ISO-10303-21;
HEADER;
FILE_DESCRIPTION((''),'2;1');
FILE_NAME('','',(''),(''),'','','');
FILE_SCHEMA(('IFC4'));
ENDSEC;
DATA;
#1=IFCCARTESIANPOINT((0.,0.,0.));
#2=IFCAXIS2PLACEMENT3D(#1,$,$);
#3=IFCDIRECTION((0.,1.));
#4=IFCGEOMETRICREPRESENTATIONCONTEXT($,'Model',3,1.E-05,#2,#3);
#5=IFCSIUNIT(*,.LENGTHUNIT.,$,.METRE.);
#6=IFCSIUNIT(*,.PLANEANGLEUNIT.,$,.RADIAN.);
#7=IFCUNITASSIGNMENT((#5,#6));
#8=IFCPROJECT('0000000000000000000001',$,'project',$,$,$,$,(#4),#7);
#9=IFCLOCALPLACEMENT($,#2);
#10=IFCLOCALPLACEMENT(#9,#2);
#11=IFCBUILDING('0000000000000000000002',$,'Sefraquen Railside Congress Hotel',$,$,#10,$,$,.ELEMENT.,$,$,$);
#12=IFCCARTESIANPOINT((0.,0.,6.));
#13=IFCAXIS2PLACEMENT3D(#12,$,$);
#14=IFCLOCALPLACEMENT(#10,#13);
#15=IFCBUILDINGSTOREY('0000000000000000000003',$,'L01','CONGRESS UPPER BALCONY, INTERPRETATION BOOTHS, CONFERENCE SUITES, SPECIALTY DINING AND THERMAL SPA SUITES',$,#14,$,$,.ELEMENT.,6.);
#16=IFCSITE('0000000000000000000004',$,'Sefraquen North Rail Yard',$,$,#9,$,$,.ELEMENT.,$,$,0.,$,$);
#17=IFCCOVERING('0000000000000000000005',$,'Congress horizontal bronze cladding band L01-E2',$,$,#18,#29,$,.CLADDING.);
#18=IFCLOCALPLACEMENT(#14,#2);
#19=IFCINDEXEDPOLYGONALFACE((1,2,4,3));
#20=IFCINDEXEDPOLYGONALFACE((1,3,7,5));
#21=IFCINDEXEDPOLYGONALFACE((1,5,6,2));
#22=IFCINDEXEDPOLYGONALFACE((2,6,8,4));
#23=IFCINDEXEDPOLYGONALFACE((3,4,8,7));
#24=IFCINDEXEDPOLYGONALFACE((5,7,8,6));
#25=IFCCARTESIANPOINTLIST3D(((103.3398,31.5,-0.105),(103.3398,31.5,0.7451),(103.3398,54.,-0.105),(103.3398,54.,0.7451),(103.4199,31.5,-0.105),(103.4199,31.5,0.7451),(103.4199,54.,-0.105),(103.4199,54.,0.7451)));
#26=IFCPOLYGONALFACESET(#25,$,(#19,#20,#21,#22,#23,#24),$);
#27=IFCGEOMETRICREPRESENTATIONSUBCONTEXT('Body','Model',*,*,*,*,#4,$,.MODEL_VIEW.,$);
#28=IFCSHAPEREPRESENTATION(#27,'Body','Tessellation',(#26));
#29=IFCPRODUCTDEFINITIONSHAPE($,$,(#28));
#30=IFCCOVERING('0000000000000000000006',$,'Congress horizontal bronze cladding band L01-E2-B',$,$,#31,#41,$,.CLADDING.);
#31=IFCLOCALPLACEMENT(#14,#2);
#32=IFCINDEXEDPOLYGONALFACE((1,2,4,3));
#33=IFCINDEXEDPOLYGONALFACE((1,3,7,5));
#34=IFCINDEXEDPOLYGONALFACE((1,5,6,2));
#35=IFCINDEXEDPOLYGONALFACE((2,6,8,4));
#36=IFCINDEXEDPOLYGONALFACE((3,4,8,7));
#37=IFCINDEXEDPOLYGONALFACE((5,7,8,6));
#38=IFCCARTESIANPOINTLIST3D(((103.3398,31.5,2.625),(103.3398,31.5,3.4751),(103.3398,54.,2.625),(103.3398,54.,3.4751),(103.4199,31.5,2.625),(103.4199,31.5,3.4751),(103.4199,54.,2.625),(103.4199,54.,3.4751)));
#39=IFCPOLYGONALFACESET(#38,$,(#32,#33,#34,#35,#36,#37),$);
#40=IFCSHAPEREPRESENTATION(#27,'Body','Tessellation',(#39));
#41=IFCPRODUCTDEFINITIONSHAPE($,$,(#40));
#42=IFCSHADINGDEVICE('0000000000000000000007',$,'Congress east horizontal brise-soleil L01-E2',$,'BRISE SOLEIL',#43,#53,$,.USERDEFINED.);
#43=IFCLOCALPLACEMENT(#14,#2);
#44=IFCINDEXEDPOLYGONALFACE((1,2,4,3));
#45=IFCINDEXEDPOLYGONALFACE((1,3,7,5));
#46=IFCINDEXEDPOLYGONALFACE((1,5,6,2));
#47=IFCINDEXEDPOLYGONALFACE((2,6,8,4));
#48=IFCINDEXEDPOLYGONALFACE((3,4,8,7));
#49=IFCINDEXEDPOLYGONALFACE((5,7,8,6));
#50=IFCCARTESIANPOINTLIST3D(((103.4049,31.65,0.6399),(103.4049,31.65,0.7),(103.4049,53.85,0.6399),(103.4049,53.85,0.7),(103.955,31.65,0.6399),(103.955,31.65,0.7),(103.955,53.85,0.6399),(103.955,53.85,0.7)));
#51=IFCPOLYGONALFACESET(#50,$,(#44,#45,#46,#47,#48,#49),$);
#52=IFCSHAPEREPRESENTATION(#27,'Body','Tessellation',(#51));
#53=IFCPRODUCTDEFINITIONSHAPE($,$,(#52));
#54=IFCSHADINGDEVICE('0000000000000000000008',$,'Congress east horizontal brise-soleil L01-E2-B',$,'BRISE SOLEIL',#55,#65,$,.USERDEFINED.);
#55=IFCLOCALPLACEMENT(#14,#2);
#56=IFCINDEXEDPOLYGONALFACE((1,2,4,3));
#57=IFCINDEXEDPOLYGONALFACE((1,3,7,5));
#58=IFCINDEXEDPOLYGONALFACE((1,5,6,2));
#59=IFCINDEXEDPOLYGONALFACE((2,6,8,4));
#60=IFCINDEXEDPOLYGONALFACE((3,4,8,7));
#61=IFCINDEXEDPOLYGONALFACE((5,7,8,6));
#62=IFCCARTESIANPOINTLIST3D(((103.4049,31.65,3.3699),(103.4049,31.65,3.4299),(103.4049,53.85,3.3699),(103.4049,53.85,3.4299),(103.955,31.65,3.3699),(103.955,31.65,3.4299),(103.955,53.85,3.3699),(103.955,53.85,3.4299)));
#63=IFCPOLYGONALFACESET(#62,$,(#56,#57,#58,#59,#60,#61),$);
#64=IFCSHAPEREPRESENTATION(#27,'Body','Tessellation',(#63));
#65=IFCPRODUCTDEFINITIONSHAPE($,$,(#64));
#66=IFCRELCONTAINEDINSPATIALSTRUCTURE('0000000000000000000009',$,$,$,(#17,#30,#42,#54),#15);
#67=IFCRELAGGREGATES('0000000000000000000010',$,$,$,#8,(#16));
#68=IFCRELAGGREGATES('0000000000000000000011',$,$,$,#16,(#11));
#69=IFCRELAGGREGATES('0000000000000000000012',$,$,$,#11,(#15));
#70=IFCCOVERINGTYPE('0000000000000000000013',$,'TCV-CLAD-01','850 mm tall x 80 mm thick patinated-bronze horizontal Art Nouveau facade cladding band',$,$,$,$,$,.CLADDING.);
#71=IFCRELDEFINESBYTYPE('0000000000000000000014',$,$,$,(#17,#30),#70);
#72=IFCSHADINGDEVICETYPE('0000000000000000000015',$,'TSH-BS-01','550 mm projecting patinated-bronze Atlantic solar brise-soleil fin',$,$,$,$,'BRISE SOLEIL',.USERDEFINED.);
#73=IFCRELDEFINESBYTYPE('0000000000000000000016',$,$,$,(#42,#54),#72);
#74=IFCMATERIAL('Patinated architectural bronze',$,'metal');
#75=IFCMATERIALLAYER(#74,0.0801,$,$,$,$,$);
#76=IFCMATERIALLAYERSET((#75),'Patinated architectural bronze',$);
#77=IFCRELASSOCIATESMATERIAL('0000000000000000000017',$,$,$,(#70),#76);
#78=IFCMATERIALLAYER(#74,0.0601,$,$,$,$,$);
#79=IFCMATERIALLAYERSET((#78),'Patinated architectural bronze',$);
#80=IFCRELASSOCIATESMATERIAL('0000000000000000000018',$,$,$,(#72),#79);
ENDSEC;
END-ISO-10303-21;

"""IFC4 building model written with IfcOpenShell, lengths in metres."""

from ifc_helpers import new_model, si_unit, direction, frame, origin, origin_2d, place, context, subcontext, project, spatial, rectangle, extrude, material, layer, layer_set, type_object, element, save


model = new_model("IFC4")

# Units and contexts
model_context = context("Model", 3, precision=1e-05, world=origin(), true_north=direction((0.0, 1.0)))
body_context = subcontext(model_context, "Body", "Model", "MODEL_VIEW")
ifc_project = project(units=[si_unit("LENGTHUNIT", "METRE"), si_unit("PLANEANGLEUNIT", "RADIAN")], contexts=[model_context])

# Site, building, storey
site_placement = place(None, origin())
site = spatial("IfcSite", under=ifc_project, at=site_placement, Name="Sefraquen North Rail Yard", CompositionType="ELEMENT", RefElevation=0.0)
building_placement = place(site_placement, origin())
building = spatial("IfcBuilding", under=site, at=building_placement, Name="Sefraquen Railside Congress Hotel", CompositionType="ELEMENT")
storey_placement = place(building_placement, frame((0.0, 0.0, 6.0)))
storey = spatial("IfcBuildingStorey", under=building, at=storey_placement, Name="L01", Description="CONGRESS UPPER BALCONY, INTERPRETATION BOOTHS, CONFERENCE SUITES, SPECIALTY DINING AND THERMAL SPA SUITES", CompositionType="ELEMENT", Elevation=6.0)

# Coverings
ifc_material_1 = material(Name="Patinated architectural bronze", Category="metal")
ifc_layer_1 = layer(ifc_material_1, 0.0801)
ifc_layer_set_1 = layer_set([ifc_layer_1], Name="Patinated architectural bronze")
covering_type = type_object("IfcCoveringType", Name="TCV-CLAD-01", Description="850 mm tall x 80 mm thick patinated-bronze horizontal Art Nouveau facade cladding band", PredefinedType="CLADDING", material=ifc_layer_set_1)
for number, where, z_axis, x_axis, name in (
    (1, (103.3799, 42.75, -0.105), (0.0, 0.0, 1.0), (1.0, 0.0, 0.0), "Congress horizontal bronze cladding band L01-E2"),
    (2, (103.3799, 42.75, 2.625), (0.0, 0.0, 1.0), (1.0, 0.0, 0.0), "Congress horizontal bronze cladding band L01-E2-B"),
):
    element("IfcCovering", number, at=place(storey_placement, frame(where, z_axis=z_axis, x_axis=x_axis)), inside=storey, type_object=covering_type, Name=name, PredefinedType="CLADDING", context=body_context, shape_type="SweptSolid", body=[
        extrude(rectangle(XDim=0.0801, YDim=22.5, at=origin_2d()), origin(), (0.0, 0.0, 1.0), 0.8501),
    ])

# Shading devices
ifc_layer_2 = layer(ifc_material_1, 0.0601)
ifc_layer_set_2 = layer_set([ifc_layer_2], Name="Patinated architectural bronze")
shading_device_type = type_object("IfcShadingDeviceType", Name="TSH-BS-01", Description="550 mm projecting patinated-bronze Atlantic solar brise-soleil fin", ElementType="BRISE SOLEIL", PredefinedType="USERDEFINED", material=ifc_layer_set_2)
for number, where, z_axis, x_axis, name in (
    (3, (103.6799, 42.75, 0.6399), (0.0, 0.0, 1.0), (1.0, 0.0, 0.0), "Congress east horizontal brise-soleil L01-E2"),
    (4, (103.6799, 42.75, 3.3699), (0.0, 0.0, 1.0), (1.0, 0.0, 0.0), "Congress east horizontal brise-soleil L01-E2-B"),
):
    element("IfcShadingDevice", number, at=place(storey_placement, frame(where, z_axis=z_axis, x_axis=x_axis)), inside=storey, type_object=shading_device_type, Name=name, ObjectType="BRISE SOLEIL", PredefinedType="USERDEFINED", context=body_context, shape_type="SweptSolid", body=[
        extrude(rectangle(XDim=0.55, YDim=22.2, at=origin_2d()), origin(), (0.0, 0.0, 1.0), 0.0601),
    ])

save(model, "model.ifc")
